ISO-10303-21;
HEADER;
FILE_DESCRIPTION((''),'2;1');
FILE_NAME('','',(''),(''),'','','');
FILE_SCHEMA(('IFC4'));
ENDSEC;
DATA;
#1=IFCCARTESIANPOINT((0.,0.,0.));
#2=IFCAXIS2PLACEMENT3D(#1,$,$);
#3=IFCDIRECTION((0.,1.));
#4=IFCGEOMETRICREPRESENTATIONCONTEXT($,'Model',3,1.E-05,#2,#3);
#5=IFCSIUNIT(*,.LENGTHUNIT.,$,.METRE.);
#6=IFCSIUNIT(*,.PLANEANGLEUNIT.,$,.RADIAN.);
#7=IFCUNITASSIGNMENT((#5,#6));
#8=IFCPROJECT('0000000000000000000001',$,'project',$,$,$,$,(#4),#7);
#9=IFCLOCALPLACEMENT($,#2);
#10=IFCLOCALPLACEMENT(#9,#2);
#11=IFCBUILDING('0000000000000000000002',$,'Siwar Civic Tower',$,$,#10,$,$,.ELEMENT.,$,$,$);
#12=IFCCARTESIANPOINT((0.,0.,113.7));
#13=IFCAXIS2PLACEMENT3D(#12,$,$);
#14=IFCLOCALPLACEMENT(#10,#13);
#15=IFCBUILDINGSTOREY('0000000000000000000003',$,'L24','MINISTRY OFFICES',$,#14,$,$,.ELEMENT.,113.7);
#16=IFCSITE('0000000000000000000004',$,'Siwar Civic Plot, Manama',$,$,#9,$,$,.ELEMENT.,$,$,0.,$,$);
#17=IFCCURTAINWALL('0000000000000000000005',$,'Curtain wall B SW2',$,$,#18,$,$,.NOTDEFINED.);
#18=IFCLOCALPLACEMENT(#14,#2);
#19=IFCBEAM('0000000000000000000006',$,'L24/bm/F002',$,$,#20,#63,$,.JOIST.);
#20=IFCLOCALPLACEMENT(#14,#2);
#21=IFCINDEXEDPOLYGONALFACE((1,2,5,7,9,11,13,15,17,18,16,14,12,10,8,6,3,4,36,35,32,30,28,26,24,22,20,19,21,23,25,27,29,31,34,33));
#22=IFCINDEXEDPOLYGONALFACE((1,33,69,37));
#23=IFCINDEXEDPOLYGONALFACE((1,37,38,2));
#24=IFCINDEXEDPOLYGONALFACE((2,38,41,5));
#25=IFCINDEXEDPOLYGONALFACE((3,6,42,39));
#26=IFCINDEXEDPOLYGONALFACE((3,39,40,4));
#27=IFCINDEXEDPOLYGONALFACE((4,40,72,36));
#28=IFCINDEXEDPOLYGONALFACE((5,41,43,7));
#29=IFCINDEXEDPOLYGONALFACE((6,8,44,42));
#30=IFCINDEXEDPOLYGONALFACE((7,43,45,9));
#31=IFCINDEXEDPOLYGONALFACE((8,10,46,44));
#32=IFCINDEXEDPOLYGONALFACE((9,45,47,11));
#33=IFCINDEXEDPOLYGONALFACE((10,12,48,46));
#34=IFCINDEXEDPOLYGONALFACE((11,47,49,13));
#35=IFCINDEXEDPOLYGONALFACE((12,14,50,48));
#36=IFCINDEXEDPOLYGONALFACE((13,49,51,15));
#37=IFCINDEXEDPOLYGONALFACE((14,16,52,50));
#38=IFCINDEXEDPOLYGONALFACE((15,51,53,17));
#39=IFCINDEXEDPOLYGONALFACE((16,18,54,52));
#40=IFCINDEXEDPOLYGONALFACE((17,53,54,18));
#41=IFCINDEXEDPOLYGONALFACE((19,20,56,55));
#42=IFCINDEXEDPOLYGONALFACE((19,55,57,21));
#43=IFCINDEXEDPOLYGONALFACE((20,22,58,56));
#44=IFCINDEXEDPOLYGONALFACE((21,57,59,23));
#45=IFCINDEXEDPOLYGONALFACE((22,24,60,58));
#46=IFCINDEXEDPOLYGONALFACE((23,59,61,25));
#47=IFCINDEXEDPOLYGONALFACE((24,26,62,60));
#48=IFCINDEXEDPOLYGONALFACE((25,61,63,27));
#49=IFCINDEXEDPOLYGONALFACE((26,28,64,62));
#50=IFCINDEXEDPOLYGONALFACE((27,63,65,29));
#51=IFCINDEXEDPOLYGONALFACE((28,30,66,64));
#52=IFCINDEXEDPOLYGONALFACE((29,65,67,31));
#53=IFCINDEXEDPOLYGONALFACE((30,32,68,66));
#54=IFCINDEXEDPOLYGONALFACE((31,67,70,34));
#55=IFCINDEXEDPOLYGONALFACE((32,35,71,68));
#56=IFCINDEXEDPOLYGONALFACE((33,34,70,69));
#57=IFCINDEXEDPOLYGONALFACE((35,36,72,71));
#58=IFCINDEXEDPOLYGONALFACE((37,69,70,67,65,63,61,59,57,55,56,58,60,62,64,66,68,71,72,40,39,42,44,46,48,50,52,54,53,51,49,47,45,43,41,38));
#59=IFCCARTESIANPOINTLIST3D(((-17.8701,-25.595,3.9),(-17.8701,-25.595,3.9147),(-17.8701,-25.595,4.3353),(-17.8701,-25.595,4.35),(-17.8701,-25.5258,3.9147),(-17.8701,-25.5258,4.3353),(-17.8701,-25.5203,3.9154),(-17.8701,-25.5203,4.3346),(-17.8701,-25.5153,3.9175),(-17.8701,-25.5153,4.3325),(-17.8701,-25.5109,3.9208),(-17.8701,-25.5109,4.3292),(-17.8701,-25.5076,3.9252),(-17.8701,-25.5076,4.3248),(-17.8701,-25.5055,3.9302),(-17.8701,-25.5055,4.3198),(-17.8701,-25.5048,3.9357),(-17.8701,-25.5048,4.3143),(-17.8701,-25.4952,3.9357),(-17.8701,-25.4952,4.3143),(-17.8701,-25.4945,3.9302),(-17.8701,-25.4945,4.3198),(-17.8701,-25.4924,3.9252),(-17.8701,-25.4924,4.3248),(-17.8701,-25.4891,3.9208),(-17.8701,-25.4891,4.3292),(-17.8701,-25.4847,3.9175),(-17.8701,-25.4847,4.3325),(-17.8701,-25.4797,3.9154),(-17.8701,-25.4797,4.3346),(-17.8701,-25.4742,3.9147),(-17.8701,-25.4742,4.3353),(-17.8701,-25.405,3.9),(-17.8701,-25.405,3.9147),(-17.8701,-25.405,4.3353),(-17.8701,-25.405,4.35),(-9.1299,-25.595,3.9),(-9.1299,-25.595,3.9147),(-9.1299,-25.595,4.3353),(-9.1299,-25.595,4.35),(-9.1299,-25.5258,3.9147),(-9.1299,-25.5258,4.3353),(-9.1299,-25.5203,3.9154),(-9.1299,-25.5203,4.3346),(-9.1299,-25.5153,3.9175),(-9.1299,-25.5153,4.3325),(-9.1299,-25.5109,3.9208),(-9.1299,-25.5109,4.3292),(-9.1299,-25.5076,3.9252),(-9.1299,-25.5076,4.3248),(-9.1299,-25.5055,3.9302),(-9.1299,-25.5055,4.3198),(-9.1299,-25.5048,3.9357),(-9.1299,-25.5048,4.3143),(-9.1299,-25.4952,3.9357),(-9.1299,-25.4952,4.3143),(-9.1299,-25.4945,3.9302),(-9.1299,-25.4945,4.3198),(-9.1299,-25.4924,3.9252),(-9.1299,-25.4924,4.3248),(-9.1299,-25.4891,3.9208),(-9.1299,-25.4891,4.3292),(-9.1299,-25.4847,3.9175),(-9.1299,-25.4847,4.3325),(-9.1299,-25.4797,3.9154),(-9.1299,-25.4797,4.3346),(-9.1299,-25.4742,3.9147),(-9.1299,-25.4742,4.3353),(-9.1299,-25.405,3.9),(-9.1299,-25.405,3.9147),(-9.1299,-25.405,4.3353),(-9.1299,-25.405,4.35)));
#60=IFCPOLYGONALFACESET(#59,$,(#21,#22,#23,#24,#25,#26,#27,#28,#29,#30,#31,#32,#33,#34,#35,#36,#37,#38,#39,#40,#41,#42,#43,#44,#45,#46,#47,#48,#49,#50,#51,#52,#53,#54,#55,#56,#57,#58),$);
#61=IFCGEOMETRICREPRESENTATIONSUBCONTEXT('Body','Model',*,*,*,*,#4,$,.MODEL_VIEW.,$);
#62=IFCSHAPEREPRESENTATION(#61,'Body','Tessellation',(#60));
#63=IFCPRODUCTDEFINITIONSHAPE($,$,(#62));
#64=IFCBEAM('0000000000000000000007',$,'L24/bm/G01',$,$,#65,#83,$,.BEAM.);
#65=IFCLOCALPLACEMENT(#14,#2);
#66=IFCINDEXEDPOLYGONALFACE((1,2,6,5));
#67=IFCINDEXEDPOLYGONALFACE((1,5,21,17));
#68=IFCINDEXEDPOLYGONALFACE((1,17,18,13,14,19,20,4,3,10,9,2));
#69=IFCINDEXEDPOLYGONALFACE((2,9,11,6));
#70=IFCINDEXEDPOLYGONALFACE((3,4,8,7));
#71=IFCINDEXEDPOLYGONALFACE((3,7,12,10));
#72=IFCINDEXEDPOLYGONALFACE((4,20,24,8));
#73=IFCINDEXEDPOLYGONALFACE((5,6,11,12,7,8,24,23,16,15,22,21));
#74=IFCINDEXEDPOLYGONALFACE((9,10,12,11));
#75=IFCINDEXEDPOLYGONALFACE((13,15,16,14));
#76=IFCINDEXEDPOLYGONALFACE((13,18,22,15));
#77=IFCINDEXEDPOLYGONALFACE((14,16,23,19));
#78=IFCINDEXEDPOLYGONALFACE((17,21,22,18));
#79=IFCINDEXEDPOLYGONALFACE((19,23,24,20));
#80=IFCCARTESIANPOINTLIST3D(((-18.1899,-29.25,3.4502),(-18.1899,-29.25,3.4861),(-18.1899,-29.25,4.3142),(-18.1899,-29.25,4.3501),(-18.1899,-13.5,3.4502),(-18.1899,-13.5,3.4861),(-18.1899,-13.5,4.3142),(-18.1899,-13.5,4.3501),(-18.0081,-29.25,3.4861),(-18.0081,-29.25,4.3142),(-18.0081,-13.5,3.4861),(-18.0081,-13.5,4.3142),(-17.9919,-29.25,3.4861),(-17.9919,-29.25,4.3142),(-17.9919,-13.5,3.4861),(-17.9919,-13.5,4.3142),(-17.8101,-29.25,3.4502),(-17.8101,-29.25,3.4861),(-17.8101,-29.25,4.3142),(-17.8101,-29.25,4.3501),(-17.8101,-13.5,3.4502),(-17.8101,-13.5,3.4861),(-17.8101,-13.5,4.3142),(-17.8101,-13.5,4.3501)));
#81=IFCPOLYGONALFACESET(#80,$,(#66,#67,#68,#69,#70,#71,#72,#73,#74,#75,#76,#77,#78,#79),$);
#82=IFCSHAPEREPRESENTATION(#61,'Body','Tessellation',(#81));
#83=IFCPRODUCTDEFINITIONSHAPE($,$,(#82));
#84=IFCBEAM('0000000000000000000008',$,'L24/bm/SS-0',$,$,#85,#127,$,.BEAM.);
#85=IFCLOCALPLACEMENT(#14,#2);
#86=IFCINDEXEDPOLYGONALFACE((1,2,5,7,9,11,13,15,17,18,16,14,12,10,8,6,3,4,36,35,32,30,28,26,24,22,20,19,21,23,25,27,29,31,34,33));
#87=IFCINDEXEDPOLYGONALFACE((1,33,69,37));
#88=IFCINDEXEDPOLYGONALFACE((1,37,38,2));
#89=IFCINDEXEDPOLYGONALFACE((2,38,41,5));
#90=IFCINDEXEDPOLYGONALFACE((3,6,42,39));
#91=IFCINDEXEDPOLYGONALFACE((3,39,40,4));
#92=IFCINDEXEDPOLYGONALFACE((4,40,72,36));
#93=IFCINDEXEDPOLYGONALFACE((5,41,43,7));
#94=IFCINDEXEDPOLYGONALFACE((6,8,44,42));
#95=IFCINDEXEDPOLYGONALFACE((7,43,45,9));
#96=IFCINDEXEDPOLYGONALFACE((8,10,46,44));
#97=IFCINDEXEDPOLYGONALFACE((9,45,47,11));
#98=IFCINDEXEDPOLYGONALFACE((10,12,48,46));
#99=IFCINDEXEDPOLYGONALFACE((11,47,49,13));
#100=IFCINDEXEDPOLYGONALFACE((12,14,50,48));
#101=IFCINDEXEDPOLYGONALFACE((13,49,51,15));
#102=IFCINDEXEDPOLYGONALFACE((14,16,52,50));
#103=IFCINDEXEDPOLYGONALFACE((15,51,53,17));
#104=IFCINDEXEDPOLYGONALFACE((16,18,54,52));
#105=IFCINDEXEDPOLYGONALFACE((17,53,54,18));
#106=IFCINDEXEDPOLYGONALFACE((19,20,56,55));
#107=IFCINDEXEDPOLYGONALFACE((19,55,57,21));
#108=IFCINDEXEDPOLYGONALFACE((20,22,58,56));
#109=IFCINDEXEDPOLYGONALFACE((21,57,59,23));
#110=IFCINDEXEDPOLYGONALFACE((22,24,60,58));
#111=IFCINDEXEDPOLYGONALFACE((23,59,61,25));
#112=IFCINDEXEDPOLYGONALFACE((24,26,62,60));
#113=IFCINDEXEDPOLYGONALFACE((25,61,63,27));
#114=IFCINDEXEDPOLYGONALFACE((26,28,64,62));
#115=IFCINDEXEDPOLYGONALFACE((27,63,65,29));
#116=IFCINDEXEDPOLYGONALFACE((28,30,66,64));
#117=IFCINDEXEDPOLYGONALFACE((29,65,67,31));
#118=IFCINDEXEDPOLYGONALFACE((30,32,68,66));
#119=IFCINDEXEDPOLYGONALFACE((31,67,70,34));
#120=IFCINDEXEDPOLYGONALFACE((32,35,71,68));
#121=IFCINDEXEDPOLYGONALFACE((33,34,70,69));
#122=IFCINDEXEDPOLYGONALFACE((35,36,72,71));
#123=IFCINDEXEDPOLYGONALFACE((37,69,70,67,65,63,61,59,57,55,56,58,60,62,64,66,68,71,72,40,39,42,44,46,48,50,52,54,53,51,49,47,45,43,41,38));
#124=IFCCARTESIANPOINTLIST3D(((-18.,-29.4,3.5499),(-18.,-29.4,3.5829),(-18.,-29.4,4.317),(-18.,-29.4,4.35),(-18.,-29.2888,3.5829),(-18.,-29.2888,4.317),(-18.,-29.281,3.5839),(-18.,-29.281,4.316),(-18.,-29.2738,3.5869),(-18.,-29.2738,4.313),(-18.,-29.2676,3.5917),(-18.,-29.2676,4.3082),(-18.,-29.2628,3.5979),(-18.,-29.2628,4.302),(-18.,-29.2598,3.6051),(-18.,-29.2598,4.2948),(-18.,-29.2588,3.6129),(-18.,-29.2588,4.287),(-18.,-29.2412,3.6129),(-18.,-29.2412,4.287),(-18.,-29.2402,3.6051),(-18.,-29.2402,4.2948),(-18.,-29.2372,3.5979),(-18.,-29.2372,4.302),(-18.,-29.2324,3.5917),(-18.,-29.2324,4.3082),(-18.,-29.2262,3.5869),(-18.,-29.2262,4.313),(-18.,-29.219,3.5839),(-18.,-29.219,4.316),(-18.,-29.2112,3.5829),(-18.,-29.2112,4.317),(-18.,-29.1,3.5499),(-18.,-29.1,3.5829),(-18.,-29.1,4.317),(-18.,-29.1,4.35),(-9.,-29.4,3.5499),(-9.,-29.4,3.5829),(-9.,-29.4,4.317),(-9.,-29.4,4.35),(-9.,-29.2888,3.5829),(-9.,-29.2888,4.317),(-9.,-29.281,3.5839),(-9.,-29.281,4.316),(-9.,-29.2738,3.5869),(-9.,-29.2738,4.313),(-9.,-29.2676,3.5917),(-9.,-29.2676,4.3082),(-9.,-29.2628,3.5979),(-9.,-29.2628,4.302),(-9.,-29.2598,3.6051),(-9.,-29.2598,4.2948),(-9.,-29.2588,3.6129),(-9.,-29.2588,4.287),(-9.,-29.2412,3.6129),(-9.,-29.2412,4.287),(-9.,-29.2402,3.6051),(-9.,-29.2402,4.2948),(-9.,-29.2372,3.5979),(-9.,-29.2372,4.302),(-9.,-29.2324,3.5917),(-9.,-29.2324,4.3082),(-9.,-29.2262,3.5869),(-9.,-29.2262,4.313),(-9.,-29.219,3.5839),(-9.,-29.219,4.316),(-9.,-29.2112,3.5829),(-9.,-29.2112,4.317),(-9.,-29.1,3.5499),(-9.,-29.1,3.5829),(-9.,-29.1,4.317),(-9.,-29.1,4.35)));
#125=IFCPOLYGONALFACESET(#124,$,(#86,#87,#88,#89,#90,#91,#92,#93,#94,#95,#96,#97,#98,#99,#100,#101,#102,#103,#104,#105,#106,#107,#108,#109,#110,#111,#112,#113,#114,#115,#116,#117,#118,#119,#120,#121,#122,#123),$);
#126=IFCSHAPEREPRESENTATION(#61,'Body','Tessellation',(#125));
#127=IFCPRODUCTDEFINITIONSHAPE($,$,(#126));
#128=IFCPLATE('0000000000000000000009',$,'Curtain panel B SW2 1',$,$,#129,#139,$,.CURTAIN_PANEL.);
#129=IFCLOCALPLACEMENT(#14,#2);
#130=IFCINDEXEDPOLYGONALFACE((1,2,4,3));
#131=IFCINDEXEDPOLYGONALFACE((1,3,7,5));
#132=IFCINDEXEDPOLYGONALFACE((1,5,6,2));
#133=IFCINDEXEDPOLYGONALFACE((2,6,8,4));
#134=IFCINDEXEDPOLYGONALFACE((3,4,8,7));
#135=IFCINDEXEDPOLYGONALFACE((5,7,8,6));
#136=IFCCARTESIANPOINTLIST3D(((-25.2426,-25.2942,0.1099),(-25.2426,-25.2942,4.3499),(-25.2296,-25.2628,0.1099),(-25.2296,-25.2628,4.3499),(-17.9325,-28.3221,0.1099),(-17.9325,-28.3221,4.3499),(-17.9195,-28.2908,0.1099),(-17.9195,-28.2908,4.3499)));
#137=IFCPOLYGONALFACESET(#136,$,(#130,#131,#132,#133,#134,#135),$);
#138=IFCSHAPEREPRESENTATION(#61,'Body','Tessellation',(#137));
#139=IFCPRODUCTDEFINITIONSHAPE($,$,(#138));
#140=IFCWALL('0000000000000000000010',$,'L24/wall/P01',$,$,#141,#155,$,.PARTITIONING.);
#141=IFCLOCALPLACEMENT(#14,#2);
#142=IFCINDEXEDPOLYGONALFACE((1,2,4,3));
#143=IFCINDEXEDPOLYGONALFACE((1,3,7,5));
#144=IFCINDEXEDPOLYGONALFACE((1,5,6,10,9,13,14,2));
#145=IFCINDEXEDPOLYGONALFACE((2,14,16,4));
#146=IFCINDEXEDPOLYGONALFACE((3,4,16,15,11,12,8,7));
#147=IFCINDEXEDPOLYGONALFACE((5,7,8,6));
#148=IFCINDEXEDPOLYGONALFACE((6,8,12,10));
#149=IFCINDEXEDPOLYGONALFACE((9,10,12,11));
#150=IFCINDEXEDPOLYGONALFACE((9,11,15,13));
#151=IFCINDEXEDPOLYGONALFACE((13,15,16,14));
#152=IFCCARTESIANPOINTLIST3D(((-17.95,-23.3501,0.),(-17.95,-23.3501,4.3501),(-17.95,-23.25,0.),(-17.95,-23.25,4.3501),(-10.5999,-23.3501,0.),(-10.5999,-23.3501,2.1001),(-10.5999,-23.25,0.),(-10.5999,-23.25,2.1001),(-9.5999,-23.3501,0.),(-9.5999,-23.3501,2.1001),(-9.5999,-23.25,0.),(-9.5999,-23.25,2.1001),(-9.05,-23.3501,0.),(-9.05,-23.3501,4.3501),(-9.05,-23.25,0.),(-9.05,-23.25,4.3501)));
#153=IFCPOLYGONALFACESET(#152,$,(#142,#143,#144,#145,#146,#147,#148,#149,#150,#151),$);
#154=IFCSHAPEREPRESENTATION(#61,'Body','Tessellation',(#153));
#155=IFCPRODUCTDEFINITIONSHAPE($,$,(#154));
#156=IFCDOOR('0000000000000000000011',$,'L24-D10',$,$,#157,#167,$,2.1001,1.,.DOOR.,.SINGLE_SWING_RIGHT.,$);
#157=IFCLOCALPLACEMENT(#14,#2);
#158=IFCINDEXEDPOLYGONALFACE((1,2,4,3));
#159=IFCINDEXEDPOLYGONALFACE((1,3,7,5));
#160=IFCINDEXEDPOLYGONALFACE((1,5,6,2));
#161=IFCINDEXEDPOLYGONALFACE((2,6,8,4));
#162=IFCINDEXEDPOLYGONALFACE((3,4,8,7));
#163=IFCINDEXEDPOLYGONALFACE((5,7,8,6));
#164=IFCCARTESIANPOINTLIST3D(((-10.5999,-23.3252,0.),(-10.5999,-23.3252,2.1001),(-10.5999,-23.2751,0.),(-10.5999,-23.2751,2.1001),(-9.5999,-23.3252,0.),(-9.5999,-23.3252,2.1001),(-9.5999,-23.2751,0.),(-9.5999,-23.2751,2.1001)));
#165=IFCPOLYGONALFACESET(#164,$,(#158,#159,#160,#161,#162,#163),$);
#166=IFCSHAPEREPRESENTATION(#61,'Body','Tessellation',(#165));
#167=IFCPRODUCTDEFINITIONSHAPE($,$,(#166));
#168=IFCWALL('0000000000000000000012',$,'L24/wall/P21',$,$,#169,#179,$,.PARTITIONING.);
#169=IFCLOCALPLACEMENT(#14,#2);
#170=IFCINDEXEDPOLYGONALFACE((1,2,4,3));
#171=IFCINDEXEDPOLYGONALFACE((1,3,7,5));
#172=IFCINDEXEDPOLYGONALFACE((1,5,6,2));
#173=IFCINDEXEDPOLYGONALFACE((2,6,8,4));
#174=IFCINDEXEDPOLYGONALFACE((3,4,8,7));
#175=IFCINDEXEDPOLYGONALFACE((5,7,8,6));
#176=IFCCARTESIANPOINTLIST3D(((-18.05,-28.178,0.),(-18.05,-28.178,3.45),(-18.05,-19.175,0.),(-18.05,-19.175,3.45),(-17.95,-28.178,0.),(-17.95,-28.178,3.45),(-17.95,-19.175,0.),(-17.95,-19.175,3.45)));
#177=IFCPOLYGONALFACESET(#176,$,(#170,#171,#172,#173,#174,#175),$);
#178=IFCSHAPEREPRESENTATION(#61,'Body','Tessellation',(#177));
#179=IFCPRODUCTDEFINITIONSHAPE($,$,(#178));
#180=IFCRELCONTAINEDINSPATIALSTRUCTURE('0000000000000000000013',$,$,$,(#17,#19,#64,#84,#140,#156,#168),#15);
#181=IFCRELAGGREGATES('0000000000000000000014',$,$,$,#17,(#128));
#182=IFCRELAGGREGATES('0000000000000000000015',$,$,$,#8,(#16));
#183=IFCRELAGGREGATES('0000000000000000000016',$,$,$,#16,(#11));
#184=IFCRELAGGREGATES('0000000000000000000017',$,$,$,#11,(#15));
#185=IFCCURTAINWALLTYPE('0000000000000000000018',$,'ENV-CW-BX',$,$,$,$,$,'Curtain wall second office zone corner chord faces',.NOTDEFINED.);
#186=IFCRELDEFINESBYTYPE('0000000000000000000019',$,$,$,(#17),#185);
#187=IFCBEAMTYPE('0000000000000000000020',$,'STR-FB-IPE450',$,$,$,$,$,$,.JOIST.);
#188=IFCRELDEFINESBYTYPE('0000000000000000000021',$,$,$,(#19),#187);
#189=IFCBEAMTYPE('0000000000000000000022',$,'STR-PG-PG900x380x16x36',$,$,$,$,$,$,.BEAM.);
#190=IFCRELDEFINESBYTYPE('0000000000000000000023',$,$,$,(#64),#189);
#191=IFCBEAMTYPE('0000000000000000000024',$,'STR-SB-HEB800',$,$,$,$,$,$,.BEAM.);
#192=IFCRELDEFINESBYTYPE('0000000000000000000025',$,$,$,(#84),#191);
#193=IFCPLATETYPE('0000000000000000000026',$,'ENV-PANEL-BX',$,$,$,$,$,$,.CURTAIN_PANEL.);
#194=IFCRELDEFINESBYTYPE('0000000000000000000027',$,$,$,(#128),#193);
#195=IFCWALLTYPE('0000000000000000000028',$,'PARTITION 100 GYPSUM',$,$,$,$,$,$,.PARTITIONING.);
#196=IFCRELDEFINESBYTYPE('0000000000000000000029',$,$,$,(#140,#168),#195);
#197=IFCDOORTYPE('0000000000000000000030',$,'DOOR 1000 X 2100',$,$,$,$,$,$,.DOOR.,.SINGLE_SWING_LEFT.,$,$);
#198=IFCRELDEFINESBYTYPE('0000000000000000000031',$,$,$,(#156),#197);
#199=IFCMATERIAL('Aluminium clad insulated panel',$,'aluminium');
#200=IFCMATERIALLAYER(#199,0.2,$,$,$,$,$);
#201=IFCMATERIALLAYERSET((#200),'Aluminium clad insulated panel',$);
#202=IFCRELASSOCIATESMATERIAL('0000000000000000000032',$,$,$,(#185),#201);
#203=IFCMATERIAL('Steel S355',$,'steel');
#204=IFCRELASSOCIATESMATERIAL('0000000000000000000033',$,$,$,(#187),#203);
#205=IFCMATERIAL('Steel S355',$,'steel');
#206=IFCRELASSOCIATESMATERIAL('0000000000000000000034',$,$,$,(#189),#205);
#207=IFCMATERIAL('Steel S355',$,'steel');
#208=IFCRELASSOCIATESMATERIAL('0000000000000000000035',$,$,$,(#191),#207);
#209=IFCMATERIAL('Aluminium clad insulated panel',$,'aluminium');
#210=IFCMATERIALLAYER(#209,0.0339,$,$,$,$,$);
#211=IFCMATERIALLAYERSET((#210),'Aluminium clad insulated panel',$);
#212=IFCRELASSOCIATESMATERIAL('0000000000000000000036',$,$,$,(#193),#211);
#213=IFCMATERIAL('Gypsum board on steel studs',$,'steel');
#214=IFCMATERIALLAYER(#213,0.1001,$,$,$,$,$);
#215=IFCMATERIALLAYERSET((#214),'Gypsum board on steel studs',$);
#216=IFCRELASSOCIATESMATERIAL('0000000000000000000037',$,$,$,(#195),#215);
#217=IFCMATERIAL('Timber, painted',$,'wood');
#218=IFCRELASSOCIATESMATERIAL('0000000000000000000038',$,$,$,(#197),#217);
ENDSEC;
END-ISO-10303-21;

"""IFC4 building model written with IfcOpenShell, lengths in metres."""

from ifc_helpers import new_model, si_unit, direction, frame, frame_2d, origin, origin_2d, place, context, subcontext, project, spatial, rectangle, i_section, extrude, material, layer, layer_set, material_profile, profile_set, type_object, element, fill, aggregate, save


model = new_model("IFC4")

# Units and contexts
model_context = context("Model", 3, precision=1e-05, world=origin(), true_north=direction((0.0, 1.0)))
body_context = subcontext(model_context, "Body", "Model", "MODEL_VIEW")
ifc_project = project(units=[si_unit("LENGTHUNIT", "METRE"), si_unit("PLANEANGLEUNIT", "RADIAN")], contexts=[model_context])

# Site, building, storey
site_placement = place(None, origin())
site = spatial("IfcSite", under=ifc_project, at=site_placement, Name="Siwar Civic Plot, Manama", CompositionType="ELEMENT", RefElevation=0.0)
building_placement = place(site_placement, origin())
building = spatial("IfcBuilding", under=site, at=building_placement, Name="Siwar Civic Tower", CompositionType="ELEMENT")
storey_placement = place(building_placement, frame((0.0, 0.0, 113.7)))
storey = spatial("IfcBuildingStorey", under=building, at=storey_placement, Name="L24", Description="MINISTRY OFFICES", CompositionType="ELEMENT", Elevation=113.7)

# Curtain wall
ifc_material_1 = material(Name="Aluminium clad insulated panel", Category="aluminium")
ifc_layer_1 = layer(ifc_material_1, 0.2)
ifc_layer_set_1 = layer_set([ifc_layer_1], Name="Aluminium clad insulated panel")
curtain_wall_type = type_object("IfcCurtainWallType", Name="ENV-CW-BX", ElementType="Curtain wall second office zone corner chord faces", PredefinedType="NOTDEFINED", material=ifc_layer_set_1)
curtain_wall_placement = place(storey_placement, origin())
curtain_wall = element("IfcCurtainWall", 1, at=curtain_wall_placement, inside=storey, type_object=curtain_wall_type, Name="Curtain wall B SW2", PredefinedType="NOTDEFINED")

# Beams
ifc_material_2 = material(Name="Steel S355", Category="steel")
ifc_material_profile_1 = material_profile(ifc_material_2, i_section(OverallWidth=0.1899, OverallDepth=0.45, WebThickness=0.0095, FlangeThickness=0.0146, FilletRadius=0.021, at=origin_2d()), Name="IPE450")
ifc_profile_set_1 = profile_set([ifc_material_profile_1], Name="Steel S355")
beam_type_1 = type_object("IfcBeamType", Name="STR-FB-IPE450", PredefinedType="JOIST", material=ifc_profile_set_1)
beam_1_placement = place(storey_placement, frame((-17.8701, -25.5, 4.125), z_axis=(1.0, 0.0, 0.0), x_axis=(0.0, 1.0, 0.0)))
element("IfcBeam", 2, at=beam_1_placement, inside=storey, type_object=beam_type_1, Name="L24/bm/F002", PredefinedType="JOIST", context=body_context, shape_type="SweptSolid", body=[
    extrude(i_section(OverallWidth=0.1899, OverallDepth=0.45, WebThickness=0.0095, FlangeThickness=0.0146, FilletRadius=0.021, at=origin_2d()), origin(), (0.0, 0.0, 1.0), 8.7402),
])
ifc_material_3 = material(Name="Steel S355", Category="steel")
ifc_material_profile_2 = material_profile(ifc_material_3, i_section(OverallWidth=0.3799, OverallDepth=0.8999, WebThickness=0.0161, FlangeThickness=0.0359, at=origin_2d()), Name="PG900x380x16x36")
ifc_profile_set_2 = profile_set([ifc_material_profile_2], Name="Steel S355")
beam_type_2 = type_object("IfcBeamType", Name="STR-PG-PG900x380x16x36", PredefinedType="BEAM", material=ifc_profile_set_2)
beam_2_placement = place(storey_placement, frame((-18.0, -29.25, 3.9001), z_axis=(0.0, 1.0, 0.0), x_axis=(-1.0, 0.0, 0.0)))
element("IfcBeam", 3, at=beam_2_placement, inside=storey, type_object=beam_type_2, Name="L24/bm/G01", PredefinedType="BEAM", context=body_context, shape_type="SweptSolid", body=[
    extrude(i_section(OverallWidth=0.3799, OverallDepth=0.8999, WebThickness=0.0161, FlangeThickness=0.0359, at=origin_2d()), origin(), (0.0, 0.0, 1.0), 15.75),
])
ifc_material_4 = material(Name="Steel S355", Category="steel")
ifc_material_profile_3 = material_profile(ifc_material_4, i_section(OverallWidth=0.3, OverallDepth=0.8, WebThickness=0.0176, FlangeThickness=0.033, FilletRadius=0.03, at=origin_2d()), Name="HEB800")
ifc_profile_set_3 = profile_set([ifc_material_profile_3], Name="Steel S355")
beam_type_3 = type_object("IfcBeamType", Name="STR-SB-HEB800", PredefinedType="BEAM", material=ifc_profile_set_3)
beam_3_placement = place(storey_placement, frame((-18.0, -29.25, 3.95), z_axis=(1.0, 0.0, 0.0), x_axis=(0.0, 1.0, 0.0)))
element("IfcBeam", 4, at=beam_3_placement, inside=storey, type_object=beam_type_3, Name="L24/bm/SS-0", PredefinedType="BEAM", context=body_context, shape_type="SweptSolid", body=[
    extrude(i_section(OverallWidth=0.3, OverallDepth=0.8, WebThickness=0.0176, FlangeThickness=0.033, FilletRadius=0.03, at=origin_2d()), origin(), (0.0, 0.0, 1.0), 9.0),
])

# Plate
ifc_material_5 = material(Name="Aluminium clad insulated panel", Category="aluminium")
ifc_layer_2 = layer(ifc_material_5, 0.0339)
ifc_layer_set_2 = layer_set([ifc_layer_2], Name="Aluminium clad insulated panel")
plate_type = type_object("IfcPlateType", Name="ENV-PANEL-BX", PredefinedType="CURTAIN_PANEL", material=ifc_layer_set_2)
plate_placement = place(storey_placement, frame((-21.5811, -26.7925, 0.1099), z_axis=(0.0, 0.0, 1.0), x_axis=(0.92388, -0.382683, 0.0)))
plate = element("IfcPlate", 5, at=plate_placement, type_object=plate_type, Name="Curtain panel B SW2 1", PredefinedType="CURTAIN_PANEL", context=body_context, shape_type="SweptSolid", body=[
    extrude(rectangle(XDim=7.9124, YDim=0.0339, at=origin_2d()), origin(), (0.0, 0.0, 1.0), 4.24),
])
aggregate(curtain_wall, [plate])

# Wall, opening, door
ifc_material_6 = material(Name="Gypsum board on steel studs", Category="steel")
ifc_layer_3 = layer(ifc_material_6, 0.1001)
ifc_layer_set_3 = layer_set([ifc_layer_3], Name="Gypsum board on steel studs")
wall_type = type_object("IfcWallType", Name="PARTITION 100 GYPSUM", PredefinedType="PARTITIONING", material=ifc_layer_set_3)
wall_1_placement = place(storey_placement, frame((-17.95, -23.3, 0.0), z_axis=(0.0, 0.0, 1.0), x_axis=(1.0, 0.0, 0.0)))
wall_1 = element("IfcWall", 6, at=wall_1_placement, inside=storey, type_object=wall_type, Name="L24/wall/P01", PredefinedType="PARTITIONING", context=body_context, shape_type="SweptSolid", body=[
    extrude(rectangle(XDim=8.8999, YDim=0.1001, at=frame_2d((4.45, 0.0))), origin(), (0.0, 0.0, 1.0), 4.3501),
])
opening_placement = place(wall_1_placement, frame((7.3501, 0.0, 0.0)))
opening = element("IfcOpeningElement", 7, at=opening_placement, cuts=wall_1, PredefinedType="OPENING", context=body_context, shape_type="SweptSolid", body=[
    extrude(rectangle(XDim=1.0, YDim=2.1001, at=frame_2d((0.5, 1.05))), frame((0.0, 0.0601, 0.0), z_axis=(0.0, -1.0, 0.0), x_axis=(1.0, 0.0, 0.0)), (0.0, 0.0, 1.0), 0.1201),
])
ifc_material_7 = material(Name="Timber, painted", Category="wood")
door_type = type_object("IfcDoorType", Name="DOOR 1000 X 2100", OperationType="SINGLE_SWING_LEFT", PredefinedType="DOOR", material=ifc_material_7)
door_placement = place(opening_placement, origin())
door = element("IfcDoor", 8, at=door_placement, inside=storey, type_object=door_type, Name="L24-D10", OperationType="SINGLE_SWING_RIGHT", OverallHeight=2.1001, OverallWidth=1.0, PredefinedType="DOOR", context=body_context, shape_type="SweptSolid", body=[
    extrude(rectangle(XDim=1.0, YDim=2.1001, at=frame_2d((0.5, 1.05))), frame((0.0, 0.0249, 0.0), z_axis=(0.0, -1.0, 0.0), x_axis=(1.0, 0.0, 0.0)), (0.0, 0.0, 1.0), 0.05),
])
fill(opening, door)

# Wall
wall_2_placement = place(storey_placement, frame((-18.0, -28.178, 0.0), z_axis=(0.0, 0.0, 1.0), x_axis=(0.0, 1.0, 0.0)))
element("IfcWall", 9, at=wall_2_placement, inside=storey, type_object=wall_type, Name="L24/wall/P21", PredefinedType="PARTITIONING", context=body_context, shape_type="SweptSolid", body=[
    extrude(rectangle(XDim=9.0029, YDim=0.1001, at=frame_2d((4.5015, 0.0))), origin(), (0.0, 0.0, 1.0), 3.45),
])

save(model, "model.ifc")
